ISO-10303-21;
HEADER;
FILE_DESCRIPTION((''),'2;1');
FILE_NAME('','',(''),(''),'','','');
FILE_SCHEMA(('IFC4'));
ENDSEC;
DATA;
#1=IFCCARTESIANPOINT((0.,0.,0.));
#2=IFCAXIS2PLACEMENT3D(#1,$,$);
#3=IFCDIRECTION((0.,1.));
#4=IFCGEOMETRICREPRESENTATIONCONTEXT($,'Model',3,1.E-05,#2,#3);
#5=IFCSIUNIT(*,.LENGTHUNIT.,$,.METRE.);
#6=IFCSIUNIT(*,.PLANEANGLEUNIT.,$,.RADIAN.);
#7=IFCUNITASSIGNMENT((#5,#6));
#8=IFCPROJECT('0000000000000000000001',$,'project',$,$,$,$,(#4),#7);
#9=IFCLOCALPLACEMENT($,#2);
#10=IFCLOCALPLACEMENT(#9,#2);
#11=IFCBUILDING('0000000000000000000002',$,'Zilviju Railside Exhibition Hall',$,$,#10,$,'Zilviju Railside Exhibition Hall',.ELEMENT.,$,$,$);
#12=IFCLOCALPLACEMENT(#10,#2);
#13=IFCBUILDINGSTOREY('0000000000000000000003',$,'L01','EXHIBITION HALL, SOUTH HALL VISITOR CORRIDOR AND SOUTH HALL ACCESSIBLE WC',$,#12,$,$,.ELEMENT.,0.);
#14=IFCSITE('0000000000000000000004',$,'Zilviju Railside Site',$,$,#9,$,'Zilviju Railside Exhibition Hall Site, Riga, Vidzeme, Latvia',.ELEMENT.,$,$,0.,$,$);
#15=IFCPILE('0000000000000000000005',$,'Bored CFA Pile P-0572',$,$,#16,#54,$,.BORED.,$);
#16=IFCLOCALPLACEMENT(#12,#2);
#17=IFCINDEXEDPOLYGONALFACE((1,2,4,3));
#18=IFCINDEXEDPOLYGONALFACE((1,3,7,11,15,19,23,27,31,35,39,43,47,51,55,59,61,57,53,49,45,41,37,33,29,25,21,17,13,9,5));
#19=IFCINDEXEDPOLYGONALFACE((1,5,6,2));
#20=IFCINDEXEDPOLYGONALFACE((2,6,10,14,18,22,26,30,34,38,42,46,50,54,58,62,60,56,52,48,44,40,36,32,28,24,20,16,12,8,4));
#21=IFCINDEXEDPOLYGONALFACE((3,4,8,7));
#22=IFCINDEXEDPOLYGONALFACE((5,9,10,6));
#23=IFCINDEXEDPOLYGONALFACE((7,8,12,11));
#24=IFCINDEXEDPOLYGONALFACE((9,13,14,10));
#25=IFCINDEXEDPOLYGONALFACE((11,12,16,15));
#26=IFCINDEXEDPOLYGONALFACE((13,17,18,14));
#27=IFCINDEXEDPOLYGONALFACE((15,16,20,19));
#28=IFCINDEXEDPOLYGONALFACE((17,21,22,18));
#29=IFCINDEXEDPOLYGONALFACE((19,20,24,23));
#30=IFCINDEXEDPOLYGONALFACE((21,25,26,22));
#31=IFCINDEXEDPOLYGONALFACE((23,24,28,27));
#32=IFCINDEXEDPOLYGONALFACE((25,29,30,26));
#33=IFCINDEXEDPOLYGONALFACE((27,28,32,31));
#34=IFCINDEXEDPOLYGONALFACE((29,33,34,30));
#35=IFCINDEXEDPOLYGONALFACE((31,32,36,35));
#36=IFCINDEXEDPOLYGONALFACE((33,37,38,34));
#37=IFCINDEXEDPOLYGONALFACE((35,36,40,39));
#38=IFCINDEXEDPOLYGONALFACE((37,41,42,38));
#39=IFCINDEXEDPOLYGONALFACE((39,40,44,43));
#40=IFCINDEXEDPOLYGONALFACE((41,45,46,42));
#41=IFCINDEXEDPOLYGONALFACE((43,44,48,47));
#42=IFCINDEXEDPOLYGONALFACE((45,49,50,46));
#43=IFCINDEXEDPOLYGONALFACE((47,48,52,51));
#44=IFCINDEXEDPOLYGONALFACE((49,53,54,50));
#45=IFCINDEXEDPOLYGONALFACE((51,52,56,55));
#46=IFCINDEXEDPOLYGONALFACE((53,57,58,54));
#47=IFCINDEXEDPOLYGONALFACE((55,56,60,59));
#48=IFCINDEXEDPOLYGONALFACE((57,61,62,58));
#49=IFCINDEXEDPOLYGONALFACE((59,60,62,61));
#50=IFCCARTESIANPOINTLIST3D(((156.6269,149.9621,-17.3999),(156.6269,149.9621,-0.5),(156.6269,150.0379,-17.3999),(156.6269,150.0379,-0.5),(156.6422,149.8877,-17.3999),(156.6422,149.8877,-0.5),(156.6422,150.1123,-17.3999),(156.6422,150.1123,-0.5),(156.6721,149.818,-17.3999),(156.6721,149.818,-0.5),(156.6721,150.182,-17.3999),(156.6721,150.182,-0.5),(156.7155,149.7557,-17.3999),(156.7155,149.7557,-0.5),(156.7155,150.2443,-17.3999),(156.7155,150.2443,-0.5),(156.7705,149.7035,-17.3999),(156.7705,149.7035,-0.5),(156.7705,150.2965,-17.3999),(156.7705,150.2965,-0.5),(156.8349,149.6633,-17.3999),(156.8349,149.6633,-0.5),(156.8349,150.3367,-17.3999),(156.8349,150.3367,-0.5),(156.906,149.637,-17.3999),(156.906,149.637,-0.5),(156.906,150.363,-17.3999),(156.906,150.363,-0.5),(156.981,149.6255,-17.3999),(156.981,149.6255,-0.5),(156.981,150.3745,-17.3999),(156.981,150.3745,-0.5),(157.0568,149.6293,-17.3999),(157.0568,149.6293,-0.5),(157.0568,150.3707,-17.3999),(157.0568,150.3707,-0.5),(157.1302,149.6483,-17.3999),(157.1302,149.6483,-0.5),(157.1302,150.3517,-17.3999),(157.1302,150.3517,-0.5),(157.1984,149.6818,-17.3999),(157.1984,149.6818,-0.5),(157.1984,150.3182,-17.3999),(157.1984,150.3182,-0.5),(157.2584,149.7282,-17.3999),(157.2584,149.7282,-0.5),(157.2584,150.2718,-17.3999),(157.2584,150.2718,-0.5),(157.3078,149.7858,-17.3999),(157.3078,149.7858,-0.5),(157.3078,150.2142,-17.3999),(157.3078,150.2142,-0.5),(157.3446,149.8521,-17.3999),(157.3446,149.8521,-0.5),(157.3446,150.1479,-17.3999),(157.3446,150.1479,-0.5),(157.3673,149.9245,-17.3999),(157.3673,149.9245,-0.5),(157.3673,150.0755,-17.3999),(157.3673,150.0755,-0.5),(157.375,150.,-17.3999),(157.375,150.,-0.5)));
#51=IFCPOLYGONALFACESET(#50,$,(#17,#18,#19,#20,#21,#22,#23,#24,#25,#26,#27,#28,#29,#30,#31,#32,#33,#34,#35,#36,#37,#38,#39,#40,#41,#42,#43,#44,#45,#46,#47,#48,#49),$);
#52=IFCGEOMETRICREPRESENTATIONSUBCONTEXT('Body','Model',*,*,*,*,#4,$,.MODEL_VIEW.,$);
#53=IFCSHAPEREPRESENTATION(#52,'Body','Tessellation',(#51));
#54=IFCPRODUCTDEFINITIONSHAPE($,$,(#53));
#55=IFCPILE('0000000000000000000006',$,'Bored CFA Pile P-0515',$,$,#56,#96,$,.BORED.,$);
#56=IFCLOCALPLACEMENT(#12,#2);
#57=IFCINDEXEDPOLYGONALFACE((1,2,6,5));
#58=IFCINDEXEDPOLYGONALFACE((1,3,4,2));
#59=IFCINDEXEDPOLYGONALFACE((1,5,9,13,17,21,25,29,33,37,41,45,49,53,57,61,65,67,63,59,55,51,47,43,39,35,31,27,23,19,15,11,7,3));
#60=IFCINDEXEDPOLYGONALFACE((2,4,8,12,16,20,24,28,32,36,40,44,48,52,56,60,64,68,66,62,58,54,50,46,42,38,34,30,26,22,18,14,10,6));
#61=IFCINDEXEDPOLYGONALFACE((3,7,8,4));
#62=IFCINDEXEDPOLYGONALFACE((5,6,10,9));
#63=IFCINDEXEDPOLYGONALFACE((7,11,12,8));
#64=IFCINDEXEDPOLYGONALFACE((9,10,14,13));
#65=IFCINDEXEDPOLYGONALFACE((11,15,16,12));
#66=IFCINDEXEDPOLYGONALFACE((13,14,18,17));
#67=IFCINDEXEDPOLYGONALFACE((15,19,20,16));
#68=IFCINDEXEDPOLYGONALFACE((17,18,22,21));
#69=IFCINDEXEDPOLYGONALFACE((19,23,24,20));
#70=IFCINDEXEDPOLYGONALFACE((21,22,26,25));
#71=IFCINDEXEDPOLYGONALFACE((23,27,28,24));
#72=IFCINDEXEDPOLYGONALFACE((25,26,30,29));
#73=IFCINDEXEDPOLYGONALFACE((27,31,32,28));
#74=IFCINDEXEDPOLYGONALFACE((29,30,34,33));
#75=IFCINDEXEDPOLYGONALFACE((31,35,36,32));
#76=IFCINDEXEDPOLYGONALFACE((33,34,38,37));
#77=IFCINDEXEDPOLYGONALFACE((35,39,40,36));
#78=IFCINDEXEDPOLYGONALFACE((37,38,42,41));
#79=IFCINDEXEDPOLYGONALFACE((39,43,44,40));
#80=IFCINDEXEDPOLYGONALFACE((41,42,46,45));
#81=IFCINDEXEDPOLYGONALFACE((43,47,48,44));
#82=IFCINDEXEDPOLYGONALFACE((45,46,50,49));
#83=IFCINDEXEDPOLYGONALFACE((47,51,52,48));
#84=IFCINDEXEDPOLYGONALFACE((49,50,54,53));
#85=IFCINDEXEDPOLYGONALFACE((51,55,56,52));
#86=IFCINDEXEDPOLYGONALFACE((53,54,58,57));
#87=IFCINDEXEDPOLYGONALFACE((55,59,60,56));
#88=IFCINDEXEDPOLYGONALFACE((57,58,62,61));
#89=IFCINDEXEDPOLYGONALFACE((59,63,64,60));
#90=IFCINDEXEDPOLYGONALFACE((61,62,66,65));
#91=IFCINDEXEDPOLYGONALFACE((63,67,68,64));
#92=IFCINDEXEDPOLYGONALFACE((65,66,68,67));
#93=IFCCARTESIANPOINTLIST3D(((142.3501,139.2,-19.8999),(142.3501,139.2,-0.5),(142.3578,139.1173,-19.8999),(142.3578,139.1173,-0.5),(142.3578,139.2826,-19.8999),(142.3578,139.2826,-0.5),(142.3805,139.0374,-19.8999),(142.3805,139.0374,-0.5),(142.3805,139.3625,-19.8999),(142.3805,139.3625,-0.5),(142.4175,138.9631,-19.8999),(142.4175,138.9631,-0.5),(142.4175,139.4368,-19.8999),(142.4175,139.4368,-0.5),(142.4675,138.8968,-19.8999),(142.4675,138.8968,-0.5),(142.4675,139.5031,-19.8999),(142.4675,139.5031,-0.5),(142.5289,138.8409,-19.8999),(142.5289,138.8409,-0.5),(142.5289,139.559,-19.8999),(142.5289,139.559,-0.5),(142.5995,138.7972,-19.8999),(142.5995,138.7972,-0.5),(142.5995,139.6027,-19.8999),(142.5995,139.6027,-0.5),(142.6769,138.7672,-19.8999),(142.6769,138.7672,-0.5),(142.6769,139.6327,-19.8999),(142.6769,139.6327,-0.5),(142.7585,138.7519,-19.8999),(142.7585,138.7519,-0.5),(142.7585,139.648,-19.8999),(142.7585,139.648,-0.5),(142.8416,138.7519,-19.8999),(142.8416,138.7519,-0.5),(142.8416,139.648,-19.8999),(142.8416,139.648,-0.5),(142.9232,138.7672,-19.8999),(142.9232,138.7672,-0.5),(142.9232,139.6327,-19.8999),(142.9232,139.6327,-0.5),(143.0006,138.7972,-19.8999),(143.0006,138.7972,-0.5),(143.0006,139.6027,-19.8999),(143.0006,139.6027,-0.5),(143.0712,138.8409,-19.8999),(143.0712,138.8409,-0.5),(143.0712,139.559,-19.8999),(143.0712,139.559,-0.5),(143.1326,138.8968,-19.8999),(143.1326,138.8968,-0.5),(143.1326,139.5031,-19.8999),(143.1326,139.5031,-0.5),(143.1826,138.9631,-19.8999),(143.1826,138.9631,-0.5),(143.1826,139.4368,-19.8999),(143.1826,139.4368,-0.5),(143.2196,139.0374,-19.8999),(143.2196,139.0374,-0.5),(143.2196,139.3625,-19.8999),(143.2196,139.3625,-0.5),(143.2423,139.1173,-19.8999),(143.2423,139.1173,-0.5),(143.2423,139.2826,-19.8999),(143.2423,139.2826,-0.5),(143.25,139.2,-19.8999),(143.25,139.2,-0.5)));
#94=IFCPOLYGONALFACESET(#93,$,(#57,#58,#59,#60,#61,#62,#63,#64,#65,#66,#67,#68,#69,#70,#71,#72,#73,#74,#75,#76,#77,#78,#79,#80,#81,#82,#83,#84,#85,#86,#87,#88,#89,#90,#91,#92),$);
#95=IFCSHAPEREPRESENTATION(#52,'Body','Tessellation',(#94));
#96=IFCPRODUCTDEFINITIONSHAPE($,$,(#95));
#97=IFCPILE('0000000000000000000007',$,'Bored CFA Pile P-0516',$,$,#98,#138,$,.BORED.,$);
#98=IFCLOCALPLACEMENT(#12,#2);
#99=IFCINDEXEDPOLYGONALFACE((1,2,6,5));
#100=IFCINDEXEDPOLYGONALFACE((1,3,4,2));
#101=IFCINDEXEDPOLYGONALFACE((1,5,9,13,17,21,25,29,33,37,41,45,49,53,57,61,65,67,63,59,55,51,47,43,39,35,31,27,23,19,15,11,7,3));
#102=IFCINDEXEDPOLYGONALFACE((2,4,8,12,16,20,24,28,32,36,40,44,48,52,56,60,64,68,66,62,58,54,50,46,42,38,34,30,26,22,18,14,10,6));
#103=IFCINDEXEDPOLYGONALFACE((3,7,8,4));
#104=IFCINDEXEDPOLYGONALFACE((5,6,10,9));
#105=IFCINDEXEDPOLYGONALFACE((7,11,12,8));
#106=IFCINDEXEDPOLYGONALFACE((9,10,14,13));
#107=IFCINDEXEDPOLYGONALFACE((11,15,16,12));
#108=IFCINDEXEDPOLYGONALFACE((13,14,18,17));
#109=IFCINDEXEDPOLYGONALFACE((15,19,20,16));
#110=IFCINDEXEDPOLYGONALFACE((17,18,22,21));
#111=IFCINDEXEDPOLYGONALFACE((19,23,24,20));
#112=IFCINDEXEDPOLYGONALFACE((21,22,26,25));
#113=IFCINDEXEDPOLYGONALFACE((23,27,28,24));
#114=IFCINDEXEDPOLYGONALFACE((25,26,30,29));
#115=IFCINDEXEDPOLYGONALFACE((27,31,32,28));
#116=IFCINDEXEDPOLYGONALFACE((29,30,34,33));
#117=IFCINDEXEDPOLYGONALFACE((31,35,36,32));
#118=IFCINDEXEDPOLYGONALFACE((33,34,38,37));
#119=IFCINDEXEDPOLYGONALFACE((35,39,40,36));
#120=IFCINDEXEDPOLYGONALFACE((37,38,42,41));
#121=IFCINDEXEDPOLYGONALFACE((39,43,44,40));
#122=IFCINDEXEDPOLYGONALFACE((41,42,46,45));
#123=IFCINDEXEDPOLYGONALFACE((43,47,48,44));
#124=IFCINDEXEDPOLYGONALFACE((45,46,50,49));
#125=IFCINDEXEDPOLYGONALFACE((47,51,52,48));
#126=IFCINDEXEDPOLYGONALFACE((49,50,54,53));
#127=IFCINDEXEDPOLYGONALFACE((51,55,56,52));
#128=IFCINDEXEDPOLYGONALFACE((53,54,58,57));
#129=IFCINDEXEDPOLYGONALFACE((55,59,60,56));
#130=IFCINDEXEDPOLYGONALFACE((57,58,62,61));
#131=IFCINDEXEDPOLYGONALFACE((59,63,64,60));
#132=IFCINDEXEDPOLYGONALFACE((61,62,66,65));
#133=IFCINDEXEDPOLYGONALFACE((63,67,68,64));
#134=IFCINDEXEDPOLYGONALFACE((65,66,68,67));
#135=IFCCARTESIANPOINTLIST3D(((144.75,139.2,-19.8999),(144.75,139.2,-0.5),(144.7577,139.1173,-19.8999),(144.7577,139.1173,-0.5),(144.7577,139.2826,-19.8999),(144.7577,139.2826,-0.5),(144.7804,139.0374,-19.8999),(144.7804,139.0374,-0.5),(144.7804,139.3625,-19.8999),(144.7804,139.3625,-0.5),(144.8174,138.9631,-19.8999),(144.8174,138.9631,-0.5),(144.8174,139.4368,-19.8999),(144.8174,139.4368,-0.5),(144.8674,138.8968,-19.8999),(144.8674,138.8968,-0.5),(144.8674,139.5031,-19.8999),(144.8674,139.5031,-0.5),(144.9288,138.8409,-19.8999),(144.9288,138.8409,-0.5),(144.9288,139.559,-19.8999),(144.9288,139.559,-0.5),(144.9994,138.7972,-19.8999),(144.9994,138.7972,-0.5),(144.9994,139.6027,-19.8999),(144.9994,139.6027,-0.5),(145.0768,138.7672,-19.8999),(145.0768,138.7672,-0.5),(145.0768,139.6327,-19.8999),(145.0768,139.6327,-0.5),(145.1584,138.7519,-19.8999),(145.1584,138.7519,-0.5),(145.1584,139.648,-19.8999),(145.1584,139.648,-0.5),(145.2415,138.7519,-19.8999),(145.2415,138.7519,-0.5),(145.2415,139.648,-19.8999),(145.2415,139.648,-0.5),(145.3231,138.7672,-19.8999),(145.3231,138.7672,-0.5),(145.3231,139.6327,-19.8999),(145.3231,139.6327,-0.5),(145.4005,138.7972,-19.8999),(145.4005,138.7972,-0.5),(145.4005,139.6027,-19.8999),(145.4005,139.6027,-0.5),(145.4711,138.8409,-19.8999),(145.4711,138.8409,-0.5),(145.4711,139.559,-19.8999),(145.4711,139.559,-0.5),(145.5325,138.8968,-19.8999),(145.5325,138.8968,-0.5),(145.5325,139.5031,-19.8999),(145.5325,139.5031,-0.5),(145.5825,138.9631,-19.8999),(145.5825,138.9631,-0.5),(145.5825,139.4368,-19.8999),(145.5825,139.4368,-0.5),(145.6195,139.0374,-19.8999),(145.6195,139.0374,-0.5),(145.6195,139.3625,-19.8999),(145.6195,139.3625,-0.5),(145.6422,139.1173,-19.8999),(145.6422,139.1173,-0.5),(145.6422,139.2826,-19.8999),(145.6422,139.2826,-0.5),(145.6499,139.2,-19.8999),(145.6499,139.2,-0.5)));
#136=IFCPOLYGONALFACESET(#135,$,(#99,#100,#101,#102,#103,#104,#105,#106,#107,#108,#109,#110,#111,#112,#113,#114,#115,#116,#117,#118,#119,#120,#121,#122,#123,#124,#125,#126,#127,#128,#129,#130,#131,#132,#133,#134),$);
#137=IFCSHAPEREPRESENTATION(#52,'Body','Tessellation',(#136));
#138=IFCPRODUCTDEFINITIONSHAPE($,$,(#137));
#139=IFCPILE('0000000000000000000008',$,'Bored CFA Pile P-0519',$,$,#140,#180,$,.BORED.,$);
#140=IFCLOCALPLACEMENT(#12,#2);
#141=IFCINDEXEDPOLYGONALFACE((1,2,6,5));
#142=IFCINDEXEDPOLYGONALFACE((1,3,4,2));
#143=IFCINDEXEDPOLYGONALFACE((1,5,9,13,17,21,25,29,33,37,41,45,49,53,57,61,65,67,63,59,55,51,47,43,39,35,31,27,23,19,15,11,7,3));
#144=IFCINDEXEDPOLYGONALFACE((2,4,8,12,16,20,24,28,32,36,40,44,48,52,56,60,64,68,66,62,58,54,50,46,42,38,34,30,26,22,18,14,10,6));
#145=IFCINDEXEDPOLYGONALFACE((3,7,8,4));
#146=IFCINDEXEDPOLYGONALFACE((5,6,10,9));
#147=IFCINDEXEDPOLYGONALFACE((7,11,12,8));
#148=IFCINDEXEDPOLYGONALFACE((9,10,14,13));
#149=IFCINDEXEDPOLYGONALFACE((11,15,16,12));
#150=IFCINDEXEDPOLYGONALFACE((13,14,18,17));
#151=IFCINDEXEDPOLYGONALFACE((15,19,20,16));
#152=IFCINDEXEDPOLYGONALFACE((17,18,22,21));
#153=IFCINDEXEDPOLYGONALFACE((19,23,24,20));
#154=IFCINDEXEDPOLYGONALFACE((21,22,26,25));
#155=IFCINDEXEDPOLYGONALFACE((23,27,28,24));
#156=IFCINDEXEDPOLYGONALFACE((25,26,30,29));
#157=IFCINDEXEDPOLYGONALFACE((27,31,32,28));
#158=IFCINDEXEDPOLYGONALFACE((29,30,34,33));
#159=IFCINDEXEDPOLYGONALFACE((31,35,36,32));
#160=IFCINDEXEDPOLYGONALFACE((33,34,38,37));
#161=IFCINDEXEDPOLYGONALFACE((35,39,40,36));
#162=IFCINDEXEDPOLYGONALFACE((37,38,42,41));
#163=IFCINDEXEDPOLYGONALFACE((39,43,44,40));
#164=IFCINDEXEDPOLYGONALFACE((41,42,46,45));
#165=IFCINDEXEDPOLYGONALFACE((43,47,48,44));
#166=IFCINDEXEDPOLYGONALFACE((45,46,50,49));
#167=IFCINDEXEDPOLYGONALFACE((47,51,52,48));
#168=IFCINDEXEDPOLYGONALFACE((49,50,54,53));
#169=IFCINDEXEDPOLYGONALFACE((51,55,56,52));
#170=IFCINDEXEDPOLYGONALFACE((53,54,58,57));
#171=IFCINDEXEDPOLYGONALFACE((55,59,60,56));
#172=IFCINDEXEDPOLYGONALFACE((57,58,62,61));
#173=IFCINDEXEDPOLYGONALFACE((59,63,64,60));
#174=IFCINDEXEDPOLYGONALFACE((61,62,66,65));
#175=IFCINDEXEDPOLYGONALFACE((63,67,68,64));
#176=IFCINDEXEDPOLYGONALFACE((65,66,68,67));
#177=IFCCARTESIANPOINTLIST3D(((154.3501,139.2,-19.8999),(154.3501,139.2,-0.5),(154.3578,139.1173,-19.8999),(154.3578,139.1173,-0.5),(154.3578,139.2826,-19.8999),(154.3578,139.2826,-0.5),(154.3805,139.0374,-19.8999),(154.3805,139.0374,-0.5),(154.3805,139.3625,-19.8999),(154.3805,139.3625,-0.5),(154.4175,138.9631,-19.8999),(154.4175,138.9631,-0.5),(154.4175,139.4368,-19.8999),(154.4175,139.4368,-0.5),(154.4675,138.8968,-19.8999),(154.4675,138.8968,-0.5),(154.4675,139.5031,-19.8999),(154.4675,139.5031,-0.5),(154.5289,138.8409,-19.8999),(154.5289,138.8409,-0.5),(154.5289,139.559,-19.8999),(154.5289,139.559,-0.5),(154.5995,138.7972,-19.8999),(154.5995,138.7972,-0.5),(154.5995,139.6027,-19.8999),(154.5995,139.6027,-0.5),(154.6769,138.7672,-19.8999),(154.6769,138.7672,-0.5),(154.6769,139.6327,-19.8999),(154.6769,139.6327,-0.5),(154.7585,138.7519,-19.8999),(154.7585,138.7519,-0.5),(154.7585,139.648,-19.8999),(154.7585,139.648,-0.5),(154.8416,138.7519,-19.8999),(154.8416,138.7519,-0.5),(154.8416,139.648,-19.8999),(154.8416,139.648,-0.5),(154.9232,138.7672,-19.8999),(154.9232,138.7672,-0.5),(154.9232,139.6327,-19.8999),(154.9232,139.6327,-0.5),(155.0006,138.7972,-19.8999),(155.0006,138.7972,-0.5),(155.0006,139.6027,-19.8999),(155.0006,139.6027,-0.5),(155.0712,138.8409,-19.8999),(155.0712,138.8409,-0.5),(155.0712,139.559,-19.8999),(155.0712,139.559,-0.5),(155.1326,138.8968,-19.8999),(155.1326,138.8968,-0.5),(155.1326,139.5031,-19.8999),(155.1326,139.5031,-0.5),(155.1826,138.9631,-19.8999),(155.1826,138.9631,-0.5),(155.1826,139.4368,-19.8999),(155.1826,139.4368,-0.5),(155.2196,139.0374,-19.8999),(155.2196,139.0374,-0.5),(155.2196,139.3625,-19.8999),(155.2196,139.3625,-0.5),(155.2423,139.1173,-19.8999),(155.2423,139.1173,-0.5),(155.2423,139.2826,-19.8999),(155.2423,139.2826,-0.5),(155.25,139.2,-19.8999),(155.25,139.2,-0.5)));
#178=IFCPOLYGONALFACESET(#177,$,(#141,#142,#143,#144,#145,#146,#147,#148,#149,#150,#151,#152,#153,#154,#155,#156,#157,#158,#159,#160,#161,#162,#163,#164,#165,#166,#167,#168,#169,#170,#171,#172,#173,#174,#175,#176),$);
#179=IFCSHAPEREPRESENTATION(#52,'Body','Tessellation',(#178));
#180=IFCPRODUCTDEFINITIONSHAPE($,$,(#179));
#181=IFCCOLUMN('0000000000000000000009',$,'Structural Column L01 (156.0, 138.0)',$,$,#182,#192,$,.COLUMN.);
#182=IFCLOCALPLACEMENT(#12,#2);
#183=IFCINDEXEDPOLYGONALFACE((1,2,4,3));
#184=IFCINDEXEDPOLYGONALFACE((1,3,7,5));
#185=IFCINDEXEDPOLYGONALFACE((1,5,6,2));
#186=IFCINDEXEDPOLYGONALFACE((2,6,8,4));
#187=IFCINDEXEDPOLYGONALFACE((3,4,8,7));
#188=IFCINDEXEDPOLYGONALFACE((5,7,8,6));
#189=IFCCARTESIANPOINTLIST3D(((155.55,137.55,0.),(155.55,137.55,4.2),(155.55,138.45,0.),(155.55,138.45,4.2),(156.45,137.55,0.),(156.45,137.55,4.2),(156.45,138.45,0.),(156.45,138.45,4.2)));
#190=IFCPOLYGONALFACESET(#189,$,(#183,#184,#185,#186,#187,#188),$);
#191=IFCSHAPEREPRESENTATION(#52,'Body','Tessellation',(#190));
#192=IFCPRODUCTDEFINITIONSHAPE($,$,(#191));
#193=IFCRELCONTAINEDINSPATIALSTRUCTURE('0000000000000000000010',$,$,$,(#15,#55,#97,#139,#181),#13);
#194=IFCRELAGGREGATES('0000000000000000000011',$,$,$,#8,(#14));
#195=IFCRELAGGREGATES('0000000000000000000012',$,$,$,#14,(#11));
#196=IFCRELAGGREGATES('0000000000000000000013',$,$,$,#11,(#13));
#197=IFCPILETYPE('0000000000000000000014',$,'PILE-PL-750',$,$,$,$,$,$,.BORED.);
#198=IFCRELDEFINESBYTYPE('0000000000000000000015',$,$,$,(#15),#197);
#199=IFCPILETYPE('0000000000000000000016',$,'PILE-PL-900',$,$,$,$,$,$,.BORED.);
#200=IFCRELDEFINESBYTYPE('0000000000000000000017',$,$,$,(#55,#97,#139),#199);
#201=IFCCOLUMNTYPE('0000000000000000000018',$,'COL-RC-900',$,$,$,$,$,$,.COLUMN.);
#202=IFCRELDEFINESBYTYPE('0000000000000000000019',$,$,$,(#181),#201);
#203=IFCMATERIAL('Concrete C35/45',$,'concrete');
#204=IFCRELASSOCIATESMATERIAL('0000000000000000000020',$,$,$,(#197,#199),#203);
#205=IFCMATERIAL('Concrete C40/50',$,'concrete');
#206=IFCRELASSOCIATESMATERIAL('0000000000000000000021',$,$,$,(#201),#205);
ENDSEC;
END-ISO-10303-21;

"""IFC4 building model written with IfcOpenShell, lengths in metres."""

from ifc_helpers import new_model, si_unit, direction, frame, origin, origin_2d, place, context, subcontext, project, spatial, rectangle, circle, extrude, material, material_profile, profile_set, type_object, element, save


model = new_model("IFC4")

# Units and contexts
model_context = context("Model", 3, precision=1e-05, world=origin(), true_north=direction((0.0, 1.0)))
body_context = subcontext(model_context, "Body", "Model", "MODEL_VIEW")
ifc_project = project(units=[si_unit("LENGTHUNIT", "METRE"), si_unit("PLANEANGLEUNIT", "RADIAN")], contexts=[model_context])

# Site, building, storey
site_placement = place(None, origin())
site = spatial("IfcSite", under=ifc_project, at=site_placement, Name="Zilviju Railside Site", LongName="Zilviju Railside Exhibition Hall Site, Riga, Vidzeme, Latvia", CompositionType="ELEMENT", RefElevation=0.0)
building_placement = place(site_placement, origin())
building = spatial("IfcBuilding", under=site, at=building_placement, Name="Zilviju Railside Exhibition Hall", LongName="Zilviju Railside Exhibition Hall", CompositionType="ELEMENT")
storey_placement = place(building_placement, origin())
storey = spatial("IfcBuildingStorey", under=building, at=storey_placement, Name="L01", Description="EXHIBITION HALL, SOUTH HALL VISITOR CORRIDOR AND SOUTH HALL ACCESSIBLE WC", CompositionType="ELEMENT", Elevation=0.0)

# Shared definitions
ifc_material_1 = material(Name="Concrete C35/45", Category="concrete")
ifc_material_2 = material(Name="Concrete C40/50", Category="concrete")

# Piles
ifc_material_profile_1 = material_profile(ifc_material_1, circle(Radius=0.375, at=origin_2d()), Name="CFA PILE D750")
ifc_profile_set_1 = profile_set([ifc_material_profile_1], Name="Concrete C35/45")
pile_type_1 = type_object("IfcPileType", Name="PILE-PL-750", PredefinedType="BORED", material=ifc_profile_set_1)
for number, where, z_axis, x_axis, name in (
    (1, (157.0, 150.0, -0.5), (0.0, 0.0, -1.0), (1.0, 0.0, 0.0), "Bored CFA Pile P-0572"),
):
    element("IfcPile", number, at=place(storey_placement, frame(where, z_axis=z_axis, x_axis=x_axis)), inside=storey, type_object=pile_type_1, Name=name, PredefinedType="BORED", context=body_context, shape_type="SweptSolid", body=[
        extrude(circle(Radius=0.375, at=origin_2d()), origin(), (0.0, 0.0, 1.0), 16.8999),
    ])
ifc_material_profile_2 = material_profile(ifc_material_1, circle(Radius=0.45, at=origin_2d()), Name="CFA PILE D900")
ifc_profile_set_2 = profile_set([ifc_material_profile_2], Name="Concrete C35/45")
pile_type_2 = type_object("IfcPileType", Name="PILE-PL-900", PredefinedType="BORED", material=ifc_profile_set_2)
for number, where, z_axis, x_axis, name in (
    (2, (142.8, 139.2, -0.5), (0.0, 0.0, -1.0), (1.0, 0.0, 0.0), "Bored CFA Pile P-0515"),
    (3, (145.2, 139.2, -0.5), (0.0, 0.0, -1.0), (1.0, 0.0, 0.0), "Bored CFA Pile P-0516"),
    (4, (154.8, 139.2, -0.5), (0.0, 0.0, -1.0), (1.0, 0.0, 0.0), "Bored CFA Pile P-0519"),
):
    element("IfcPile", number, at=place(storey_placement, frame(where, z_axis=z_axis, x_axis=x_axis)), inside=storey, type_object=pile_type_2, Name=name, PredefinedType="BORED", context=body_context, shape_type="SweptSolid", body=[
        extrude(circle(Radius=0.45, at=origin_2d()), origin(), (0.0, 0.0, 1.0), 19.3999),
    ])

# Column
ifc_material_profile_3 = material_profile(ifc_material_2, rectangle(XDim=0.8999, YDim=0.8999, at=origin_2d()), Name="RC COL 900x900")
ifc_profile_set_3 = profile_set([ifc_material_profile_3], Name="Concrete C40/50")
column_type_1 = type_object("IfcColumnType", Name="COL-RC-900", PredefinedType="COLUMN", material=ifc_profile_set_3)
column_placement = place(storey_placement, frame((156.0, 138.0, 0.0), z_axis=(0.0, 0.0, 1.0), x_axis=(1.0, 0.0, 0.0)))
element("IfcColumn", 5, at=column_placement, inside=storey, type_object=column_type_1, Name="Structural Column L01 (156.0, 138.0)", PredefinedType="COLUMN", context=body_context, shape_type="SweptSolid", body=[
    extrude(rectangle(XDim=0.8999, YDim=0.8999, at=origin_2d()), origin(), (0.0, 0.0, 1.0), 4.2),
])

save(model, "model.ifc")
